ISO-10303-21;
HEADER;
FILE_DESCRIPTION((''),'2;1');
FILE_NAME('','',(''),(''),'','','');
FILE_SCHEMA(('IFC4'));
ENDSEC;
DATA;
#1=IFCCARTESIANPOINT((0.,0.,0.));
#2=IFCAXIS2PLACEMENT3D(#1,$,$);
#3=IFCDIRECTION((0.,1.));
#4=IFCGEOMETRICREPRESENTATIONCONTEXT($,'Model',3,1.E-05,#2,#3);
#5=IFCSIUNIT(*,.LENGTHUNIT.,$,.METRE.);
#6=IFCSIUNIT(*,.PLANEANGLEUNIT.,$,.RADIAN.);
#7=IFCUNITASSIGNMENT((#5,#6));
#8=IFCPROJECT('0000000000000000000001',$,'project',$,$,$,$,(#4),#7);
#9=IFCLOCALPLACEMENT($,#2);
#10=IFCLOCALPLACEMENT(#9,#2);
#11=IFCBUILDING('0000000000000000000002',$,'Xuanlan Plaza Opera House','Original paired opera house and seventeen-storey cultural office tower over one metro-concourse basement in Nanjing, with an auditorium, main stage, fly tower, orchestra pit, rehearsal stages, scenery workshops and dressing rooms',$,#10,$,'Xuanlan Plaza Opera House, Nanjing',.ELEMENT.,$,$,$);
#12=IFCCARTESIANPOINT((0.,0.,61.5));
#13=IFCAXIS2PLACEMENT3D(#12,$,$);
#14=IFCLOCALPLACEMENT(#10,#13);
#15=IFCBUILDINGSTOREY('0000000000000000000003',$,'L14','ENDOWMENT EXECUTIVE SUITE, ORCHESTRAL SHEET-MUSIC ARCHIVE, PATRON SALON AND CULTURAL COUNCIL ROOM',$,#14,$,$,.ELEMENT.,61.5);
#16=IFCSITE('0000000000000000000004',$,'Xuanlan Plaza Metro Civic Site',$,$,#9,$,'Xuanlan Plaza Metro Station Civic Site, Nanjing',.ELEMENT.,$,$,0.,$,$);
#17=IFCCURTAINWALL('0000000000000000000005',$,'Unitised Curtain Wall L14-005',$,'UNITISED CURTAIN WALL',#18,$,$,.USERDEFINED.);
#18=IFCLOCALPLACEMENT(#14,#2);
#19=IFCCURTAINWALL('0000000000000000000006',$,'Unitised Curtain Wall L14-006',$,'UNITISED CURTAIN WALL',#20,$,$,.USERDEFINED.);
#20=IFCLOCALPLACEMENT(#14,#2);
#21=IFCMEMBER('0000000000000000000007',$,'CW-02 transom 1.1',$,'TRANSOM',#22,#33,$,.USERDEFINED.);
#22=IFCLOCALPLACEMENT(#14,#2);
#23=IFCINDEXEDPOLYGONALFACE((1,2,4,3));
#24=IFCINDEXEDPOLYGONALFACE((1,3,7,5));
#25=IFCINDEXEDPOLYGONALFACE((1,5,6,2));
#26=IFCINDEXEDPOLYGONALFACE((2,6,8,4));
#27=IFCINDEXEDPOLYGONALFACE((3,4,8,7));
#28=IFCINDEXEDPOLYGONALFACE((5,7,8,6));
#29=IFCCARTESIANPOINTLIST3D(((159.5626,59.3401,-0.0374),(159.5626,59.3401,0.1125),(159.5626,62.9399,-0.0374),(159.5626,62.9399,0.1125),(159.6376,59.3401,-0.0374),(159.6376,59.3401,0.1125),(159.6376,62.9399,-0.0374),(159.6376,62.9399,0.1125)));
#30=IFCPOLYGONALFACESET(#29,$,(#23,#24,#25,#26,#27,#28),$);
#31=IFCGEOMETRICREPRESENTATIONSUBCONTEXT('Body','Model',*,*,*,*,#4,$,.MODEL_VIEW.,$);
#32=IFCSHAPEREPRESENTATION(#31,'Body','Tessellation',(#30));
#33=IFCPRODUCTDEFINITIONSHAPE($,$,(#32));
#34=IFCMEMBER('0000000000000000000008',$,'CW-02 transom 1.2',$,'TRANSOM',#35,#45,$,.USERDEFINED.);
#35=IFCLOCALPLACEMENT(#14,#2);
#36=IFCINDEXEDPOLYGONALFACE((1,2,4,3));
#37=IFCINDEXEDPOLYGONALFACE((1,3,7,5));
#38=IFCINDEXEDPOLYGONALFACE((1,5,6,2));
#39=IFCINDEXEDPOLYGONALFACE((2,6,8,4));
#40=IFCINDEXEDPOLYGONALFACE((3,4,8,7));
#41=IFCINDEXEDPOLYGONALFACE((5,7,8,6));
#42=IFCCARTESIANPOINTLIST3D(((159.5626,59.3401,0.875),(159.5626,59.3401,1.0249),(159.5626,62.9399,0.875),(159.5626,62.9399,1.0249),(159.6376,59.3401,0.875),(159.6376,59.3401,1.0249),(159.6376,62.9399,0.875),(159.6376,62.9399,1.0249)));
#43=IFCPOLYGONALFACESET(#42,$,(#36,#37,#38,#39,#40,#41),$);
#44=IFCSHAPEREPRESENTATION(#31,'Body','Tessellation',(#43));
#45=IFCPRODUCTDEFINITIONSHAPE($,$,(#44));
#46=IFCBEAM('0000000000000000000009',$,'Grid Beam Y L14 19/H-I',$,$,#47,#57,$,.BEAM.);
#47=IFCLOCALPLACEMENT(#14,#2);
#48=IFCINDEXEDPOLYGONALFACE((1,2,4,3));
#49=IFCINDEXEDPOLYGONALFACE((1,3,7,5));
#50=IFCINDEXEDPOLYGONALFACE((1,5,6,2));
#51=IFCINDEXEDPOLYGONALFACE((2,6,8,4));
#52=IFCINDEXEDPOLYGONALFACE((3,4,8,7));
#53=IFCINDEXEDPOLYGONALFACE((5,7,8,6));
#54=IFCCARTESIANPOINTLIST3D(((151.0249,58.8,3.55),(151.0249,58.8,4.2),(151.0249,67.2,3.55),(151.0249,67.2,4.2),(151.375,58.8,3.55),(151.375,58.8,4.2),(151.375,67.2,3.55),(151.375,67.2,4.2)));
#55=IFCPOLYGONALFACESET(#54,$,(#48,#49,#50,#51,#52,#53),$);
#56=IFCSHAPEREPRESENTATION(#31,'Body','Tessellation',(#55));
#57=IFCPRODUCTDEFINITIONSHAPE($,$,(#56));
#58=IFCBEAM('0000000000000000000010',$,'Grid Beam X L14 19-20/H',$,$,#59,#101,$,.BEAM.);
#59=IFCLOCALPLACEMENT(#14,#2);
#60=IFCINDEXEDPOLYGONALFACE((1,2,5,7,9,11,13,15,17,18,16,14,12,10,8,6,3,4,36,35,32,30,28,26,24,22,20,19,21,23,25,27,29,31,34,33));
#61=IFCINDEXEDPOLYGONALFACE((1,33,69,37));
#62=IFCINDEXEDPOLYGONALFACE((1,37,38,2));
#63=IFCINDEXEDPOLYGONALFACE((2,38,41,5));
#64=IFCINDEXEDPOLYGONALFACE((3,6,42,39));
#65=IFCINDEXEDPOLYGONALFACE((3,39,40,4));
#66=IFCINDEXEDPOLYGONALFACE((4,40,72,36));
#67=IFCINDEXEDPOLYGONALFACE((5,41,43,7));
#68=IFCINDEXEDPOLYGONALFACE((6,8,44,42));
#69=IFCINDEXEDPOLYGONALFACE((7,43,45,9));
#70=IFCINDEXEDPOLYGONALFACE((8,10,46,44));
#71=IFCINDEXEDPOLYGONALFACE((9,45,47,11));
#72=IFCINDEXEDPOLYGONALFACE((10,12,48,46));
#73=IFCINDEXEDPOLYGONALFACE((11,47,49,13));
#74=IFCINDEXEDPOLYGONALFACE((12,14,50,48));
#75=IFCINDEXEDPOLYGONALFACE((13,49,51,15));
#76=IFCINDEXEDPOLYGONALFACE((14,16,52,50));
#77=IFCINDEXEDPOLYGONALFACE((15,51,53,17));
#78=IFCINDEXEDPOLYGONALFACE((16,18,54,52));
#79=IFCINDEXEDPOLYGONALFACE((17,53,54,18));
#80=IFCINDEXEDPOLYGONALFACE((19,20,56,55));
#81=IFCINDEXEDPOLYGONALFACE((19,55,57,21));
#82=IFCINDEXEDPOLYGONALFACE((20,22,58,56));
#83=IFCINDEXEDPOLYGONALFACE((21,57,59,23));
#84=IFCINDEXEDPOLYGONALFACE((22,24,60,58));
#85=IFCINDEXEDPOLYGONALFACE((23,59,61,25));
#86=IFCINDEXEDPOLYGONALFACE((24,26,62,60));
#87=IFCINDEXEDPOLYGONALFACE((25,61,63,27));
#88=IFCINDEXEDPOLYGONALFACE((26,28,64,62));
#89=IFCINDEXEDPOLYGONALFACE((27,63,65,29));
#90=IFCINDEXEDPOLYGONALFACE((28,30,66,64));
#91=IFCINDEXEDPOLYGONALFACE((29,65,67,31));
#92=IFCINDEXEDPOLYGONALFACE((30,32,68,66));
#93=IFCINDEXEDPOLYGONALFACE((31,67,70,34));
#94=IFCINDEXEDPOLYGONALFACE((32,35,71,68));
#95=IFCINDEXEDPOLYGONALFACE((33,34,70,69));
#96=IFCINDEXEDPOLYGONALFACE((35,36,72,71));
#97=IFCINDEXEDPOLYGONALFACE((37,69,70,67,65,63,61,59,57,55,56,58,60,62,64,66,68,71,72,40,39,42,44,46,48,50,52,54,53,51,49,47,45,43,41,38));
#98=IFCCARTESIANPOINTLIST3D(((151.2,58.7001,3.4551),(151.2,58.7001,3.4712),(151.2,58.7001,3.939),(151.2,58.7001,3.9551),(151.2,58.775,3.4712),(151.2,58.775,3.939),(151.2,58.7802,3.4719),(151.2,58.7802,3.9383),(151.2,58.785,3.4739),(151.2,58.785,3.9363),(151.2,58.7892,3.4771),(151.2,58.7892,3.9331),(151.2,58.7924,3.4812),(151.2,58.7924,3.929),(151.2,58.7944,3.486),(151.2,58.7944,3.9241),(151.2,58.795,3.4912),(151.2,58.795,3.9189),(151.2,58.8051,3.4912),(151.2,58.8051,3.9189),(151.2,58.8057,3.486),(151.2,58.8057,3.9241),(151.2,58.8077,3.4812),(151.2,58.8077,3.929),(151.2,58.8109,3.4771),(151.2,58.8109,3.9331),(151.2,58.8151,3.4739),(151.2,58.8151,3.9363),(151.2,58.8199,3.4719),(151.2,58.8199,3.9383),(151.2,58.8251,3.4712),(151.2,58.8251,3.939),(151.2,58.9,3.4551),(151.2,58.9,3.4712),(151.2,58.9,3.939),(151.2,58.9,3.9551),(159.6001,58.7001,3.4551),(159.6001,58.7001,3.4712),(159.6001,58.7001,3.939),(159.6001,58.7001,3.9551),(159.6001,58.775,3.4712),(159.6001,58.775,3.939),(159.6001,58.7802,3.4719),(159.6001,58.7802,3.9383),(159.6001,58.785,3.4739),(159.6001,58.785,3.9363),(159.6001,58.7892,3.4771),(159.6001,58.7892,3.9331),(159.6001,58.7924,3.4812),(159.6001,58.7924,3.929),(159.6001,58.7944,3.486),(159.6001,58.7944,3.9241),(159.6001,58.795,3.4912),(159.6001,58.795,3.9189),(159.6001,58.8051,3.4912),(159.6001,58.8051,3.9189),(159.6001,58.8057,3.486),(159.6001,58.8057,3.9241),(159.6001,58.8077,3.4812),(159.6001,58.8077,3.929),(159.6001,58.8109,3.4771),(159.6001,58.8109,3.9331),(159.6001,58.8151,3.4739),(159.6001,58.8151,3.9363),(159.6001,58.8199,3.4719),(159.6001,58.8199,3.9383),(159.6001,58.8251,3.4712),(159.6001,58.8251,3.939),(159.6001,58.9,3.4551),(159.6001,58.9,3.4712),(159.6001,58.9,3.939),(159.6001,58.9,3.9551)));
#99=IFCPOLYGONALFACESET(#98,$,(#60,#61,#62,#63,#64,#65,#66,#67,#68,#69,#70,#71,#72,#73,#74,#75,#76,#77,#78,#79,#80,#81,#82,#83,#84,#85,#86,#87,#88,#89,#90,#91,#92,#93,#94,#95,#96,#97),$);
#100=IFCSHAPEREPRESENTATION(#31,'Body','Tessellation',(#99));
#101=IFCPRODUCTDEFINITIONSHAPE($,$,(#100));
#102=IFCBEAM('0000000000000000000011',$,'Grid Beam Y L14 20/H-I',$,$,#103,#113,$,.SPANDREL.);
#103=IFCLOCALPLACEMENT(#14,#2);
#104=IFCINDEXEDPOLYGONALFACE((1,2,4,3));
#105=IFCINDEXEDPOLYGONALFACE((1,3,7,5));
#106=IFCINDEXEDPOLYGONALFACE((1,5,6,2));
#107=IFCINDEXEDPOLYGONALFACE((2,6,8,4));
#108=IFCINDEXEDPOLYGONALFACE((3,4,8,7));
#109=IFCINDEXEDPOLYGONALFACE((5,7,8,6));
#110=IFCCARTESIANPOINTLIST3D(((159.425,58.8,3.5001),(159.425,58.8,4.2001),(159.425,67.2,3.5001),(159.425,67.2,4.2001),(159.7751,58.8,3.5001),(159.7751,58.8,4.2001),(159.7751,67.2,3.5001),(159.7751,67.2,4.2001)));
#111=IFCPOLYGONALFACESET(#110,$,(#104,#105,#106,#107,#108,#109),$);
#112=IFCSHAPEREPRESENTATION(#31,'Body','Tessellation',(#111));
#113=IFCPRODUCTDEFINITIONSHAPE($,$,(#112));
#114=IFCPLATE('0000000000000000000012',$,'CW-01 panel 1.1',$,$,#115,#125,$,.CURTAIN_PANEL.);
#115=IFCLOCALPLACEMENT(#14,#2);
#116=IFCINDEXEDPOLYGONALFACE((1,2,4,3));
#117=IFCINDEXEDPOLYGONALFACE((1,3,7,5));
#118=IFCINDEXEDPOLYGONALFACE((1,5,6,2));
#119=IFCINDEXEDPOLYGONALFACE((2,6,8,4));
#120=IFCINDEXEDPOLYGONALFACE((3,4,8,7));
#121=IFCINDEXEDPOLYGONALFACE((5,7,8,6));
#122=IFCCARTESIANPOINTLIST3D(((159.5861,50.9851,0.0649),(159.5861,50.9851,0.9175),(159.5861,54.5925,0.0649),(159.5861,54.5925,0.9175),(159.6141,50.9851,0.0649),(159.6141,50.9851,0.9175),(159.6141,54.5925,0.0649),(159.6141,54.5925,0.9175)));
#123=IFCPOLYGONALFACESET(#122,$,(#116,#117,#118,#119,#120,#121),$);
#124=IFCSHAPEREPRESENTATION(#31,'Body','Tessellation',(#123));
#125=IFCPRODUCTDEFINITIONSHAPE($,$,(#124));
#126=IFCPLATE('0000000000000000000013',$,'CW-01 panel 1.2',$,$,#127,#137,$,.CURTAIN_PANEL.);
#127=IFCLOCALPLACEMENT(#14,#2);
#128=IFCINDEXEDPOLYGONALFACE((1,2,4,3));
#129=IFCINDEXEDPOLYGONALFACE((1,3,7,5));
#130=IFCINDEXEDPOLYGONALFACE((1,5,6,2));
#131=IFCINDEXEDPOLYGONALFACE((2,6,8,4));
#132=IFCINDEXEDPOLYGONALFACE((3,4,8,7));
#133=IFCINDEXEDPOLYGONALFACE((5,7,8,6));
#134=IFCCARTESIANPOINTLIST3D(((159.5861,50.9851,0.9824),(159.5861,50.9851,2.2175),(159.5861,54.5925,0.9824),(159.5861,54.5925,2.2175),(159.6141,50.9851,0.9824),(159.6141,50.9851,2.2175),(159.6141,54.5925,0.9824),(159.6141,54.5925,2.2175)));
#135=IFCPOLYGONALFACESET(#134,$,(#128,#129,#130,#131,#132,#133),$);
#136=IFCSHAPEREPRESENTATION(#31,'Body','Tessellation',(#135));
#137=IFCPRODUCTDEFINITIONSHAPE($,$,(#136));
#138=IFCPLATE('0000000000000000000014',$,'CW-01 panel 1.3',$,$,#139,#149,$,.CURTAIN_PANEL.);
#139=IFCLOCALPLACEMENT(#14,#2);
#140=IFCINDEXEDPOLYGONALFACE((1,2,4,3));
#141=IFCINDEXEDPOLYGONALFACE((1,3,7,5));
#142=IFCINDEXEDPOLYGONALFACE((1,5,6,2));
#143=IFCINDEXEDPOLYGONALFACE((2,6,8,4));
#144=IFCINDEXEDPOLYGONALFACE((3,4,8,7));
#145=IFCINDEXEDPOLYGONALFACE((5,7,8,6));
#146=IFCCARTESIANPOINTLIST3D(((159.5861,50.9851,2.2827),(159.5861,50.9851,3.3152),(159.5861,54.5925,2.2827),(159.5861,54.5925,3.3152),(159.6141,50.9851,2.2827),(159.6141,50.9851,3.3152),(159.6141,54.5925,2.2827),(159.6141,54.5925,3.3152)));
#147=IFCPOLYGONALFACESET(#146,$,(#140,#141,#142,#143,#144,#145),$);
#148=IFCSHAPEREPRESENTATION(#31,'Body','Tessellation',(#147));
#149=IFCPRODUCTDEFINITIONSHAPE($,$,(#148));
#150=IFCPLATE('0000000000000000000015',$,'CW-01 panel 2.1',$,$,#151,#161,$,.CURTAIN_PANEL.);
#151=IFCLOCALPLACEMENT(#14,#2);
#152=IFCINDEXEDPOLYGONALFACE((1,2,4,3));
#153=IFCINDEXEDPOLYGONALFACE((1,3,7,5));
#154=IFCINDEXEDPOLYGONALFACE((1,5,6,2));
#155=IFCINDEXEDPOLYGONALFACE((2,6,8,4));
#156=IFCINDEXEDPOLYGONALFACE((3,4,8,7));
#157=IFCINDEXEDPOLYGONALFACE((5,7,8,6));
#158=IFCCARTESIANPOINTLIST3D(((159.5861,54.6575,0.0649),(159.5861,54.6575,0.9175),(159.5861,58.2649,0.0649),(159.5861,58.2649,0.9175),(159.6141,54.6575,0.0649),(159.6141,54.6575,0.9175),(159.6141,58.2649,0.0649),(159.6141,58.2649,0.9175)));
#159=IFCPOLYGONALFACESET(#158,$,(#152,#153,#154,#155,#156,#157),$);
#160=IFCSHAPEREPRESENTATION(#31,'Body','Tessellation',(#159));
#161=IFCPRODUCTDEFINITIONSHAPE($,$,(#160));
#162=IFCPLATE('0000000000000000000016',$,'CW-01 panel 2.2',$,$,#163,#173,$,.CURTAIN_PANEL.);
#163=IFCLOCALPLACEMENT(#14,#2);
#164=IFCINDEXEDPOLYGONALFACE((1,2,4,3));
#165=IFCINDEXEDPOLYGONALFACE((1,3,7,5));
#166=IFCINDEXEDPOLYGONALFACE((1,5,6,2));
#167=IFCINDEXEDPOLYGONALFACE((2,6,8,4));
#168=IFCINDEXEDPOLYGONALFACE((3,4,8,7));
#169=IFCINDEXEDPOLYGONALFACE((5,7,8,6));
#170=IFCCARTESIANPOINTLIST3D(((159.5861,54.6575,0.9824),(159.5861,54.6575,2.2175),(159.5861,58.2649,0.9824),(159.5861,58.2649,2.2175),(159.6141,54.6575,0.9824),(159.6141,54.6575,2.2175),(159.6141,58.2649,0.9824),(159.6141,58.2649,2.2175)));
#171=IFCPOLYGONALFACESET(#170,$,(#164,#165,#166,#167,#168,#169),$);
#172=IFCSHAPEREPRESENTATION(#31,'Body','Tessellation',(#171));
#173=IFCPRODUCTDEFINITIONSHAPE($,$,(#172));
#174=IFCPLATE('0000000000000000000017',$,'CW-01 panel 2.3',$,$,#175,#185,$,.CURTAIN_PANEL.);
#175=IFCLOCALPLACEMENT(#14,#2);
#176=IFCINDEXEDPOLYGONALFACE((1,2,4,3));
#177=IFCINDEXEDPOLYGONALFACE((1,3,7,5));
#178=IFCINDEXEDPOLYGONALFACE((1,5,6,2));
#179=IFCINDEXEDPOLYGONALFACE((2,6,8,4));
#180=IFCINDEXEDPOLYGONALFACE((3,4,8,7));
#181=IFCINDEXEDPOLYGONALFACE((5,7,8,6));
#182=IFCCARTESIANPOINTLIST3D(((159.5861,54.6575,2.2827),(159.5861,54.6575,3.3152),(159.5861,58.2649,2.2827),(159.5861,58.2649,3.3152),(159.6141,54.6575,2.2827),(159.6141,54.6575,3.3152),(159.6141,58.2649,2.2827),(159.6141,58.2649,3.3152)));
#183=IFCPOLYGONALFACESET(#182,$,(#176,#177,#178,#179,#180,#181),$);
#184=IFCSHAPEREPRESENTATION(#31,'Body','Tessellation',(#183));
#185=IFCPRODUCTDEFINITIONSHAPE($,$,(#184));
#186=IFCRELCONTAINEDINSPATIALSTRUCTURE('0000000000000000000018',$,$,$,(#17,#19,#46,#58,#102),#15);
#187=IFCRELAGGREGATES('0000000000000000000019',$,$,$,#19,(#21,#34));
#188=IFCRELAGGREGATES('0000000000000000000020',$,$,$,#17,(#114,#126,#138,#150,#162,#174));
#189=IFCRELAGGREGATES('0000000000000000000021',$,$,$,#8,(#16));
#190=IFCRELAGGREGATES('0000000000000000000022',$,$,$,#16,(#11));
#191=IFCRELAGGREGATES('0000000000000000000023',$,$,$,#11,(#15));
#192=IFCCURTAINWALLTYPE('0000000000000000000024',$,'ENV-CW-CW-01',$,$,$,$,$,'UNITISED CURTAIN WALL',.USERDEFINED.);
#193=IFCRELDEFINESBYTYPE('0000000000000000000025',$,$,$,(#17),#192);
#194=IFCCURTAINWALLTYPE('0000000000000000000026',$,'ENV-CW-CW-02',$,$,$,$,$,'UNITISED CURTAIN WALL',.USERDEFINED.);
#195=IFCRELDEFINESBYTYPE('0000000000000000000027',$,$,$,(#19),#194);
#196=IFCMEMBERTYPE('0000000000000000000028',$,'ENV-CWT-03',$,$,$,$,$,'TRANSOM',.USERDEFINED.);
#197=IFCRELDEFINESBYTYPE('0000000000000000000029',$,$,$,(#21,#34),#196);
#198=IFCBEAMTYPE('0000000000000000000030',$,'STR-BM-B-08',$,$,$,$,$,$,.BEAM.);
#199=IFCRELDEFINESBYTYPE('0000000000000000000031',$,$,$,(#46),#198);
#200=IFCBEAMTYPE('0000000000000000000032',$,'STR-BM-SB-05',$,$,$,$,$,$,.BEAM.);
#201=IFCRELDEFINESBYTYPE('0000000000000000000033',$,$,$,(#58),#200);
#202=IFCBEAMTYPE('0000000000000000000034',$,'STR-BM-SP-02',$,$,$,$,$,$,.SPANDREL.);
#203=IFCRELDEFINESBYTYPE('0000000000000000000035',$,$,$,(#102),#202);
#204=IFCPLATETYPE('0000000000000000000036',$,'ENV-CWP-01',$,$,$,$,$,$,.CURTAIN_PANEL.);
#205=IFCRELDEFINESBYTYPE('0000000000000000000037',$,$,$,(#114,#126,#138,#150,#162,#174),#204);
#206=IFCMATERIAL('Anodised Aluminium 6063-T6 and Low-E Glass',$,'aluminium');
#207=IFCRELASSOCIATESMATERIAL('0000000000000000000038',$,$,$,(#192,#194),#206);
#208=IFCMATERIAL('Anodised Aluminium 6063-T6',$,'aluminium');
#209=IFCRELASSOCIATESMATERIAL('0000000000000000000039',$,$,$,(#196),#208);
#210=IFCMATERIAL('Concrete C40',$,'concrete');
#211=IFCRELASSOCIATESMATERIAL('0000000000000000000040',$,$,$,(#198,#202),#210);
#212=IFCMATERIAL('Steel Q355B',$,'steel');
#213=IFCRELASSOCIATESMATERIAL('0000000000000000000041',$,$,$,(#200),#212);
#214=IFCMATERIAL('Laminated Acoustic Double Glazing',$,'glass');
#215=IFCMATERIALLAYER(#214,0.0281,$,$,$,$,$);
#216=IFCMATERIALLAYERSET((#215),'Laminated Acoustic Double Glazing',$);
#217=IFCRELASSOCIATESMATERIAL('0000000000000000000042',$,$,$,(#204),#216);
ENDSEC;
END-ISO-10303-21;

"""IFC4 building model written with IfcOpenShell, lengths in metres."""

from ifc_helpers import new_model, si_unit, direction, frame, origin, origin_2d, place, context, subcontext, project, spatial, rectangle, i_section, extrude, material, layer, layer_set, material_profile, profile_set, type_object, element, aggregate, save


model = new_model("IFC4")

# Units and contexts
model_context = context("Model", 3, precision=1e-05, world=origin(), true_north=direction((0.0, 1.0)))
body_context = subcontext(model_context, "Body", "Model", "MODEL_VIEW")
ifc_project = project(units=[si_unit("LENGTHUNIT", "METRE"), si_unit("PLANEANGLEUNIT", "RADIAN")], contexts=[model_context])

# Site, building, storey
site_placement = place(None, origin())
site = spatial("IfcSite", under=ifc_project, at=site_placement, Name="Xuanlan Plaza Metro Civic Site", LongName="Xuanlan Plaza Metro Station Civic Site, Nanjing", CompositionType="ELEMENT", RefElevation=0.0)
building_placement = place(site_placement, origin())
building = spatial("IfcBuilding", under=site, at=building_placement, Name="Xuanlan Plaza Opera House", Description="Original paired opera house and seventeen-storey cultural office tower over one metro-concourse basement in Nanjing, with an auditorium, main stage, fly tower, orchestra pit, rehearsal stages, scenery workshops and dressing rooms", LongName="Xuanlan Plaza Opera House, Nanjing", CompositionType="ELEMENT")
storey_placement = place(building_placement, frame((0.0, 0.0, 61.5)))
storey = spatial("IfcBuildingStorey", under=building, at=storey_placement, Name="L14", Description="ENDOWMENT EXECUTIVE SUITE, ORCHESTRAL SHEET-MUSIC ARCHIVE, PATRON SALON AND CULTURAL COUNCIL ROOM", CompositionType="ELEMENT", Elevation=61.5)

# Curtain wall
ifc_material_1 = material(Name="Anodised Aluminium 6063-T6 and Low-E Glass", Category="aluminium")
curtain_wall_type_1 = type_object("IfcCurtainWallType", Name="ENV-CW-CW-01", ElementType="UNITISED CURTAIN WALL", PredefinedType="USERDEFINED", material=ifc_material_1)
curtain_wall_1_placement = place(storey_placement, origin())
curtain_wall_1 = element("IfcCurtainWall", 1, at=curtain_wall_1_placement, inside=storey, type_object=curtain_wall_type_1, Name="Unitised Curtain Wall L14-005", ObjectType="UNITISED CURTAIN WALL", PredefinedType="USERDEFINED")
ifc_material_2 = material(Name="Anodised Aluminium 6063-T6", Category="aluminium")

# Curtain wall
curtain_wall_type_2 = type_object("IfcCurtainWallType", Name="ENV-CW-CW-02", ElementType="UNITISED CURTAIN WALL", PredefinedType="USERDEFINED", material=ifc_material_1)
curtain_wall_2_placement = place(storey_placement, origin())
curtain_wall_2 = element("IfcCurtainWall", 2, at=curtain_wall_2_placement, inside=storey, type_object=curtain_wall_type_2, Name="Unitised Curtain Wall L14-006", ObjectType="UNITISED CURTAIN WALL", PredefinedType="USERDEFINED")

# Members
ifc_material_profile_1 = material_profile(ifc_material_2, rectangle(XDim=0.075, YDim=0.1499, at=origin_2d()), Name="ALU-T 75x150")
ifc_profile_set_1 = profile_set([ifc_material_profile_1], Name="Anodised Aluminium 6063-T6")
member_type_1 = type_object("IfcMemberType", Name="ENV-CWT-03", ElementType="TRANSOM", PredefinedType="USERDEFINED", material=ifc_profile_set_1)
member_1_placement = place(storey_placement, frame((159.6001, 59.3401, 0.0376), z_axis=(0.0, 1.0, 0.0), x_axis=(-1.0, 0.0, 0.0)))
member_1 = element("IfcMember", 3, at=member_1_placement, type_object=member_type_1, Name="CW-02 transom 1.1", ObjectType="TRANSOM", PredefinedType="USERDEFINED", context=body_context, shape_type="SweptSolid", body=[
    extrude(rectangle(XDim=0.075, YDim=0.1499, at=origin_2d()), origin(), (0.0, 0.0, 1.0), 3.5999),
])
member_2_placement = place(storey_placement, frame((159.6001, 59.3401, 0.95), z_axis=(0.0, 1.0, 0.0), x_axis=(-1.0, 0.0, 0.0)))
member_2 = element("IfcMember", 4, at=member_2_placement, type_object=member_type_1, Name="CW-02 transom 1.2", ObjectType="TRANSOM", PredefinedType="USERDEFINED", context=body_context, shape_type="SweptSolid", body=[
    extrude(rectangle(XDim=0.075, YDim=0.1499, at=origin_2d()), origin(), (0.0, 0.0, 1.0), 3.5999),
])
aggregate(curtain_wall_2, [member_1, member_2])

# Beams
ifc_material_3 = material(Name="Concrete C40", Category="concrete")
ifc_material_profile_2 = material_profile(ifc_material_3, rectangle(XDim=0.3501, YDim=0.6499, at=origin_2d()), Name="RC-BM 350x650")
ifc_profile_set_2 = profile_set([ifc_material_profile_2], Name="Concrete C40")
beam_type_1 = type_object("IfcBeamType", Name="STR-BM-B-08", PredefinedType="BEAM", material=ifc_profile_set_2)
beam_1_placement = place(storey_placement, frame((151.2, 58.8, 3.875), z_axis=(0.0, 1.0, 0.0), x_axis=(-1.0, 0.0, 0.0)))
element("IfcBeam", 5, at=beam_1_placement, inside=storey, type_object=beam_type_1, Name="Grid Beam Y L14 19/H-I", PredefinedType="BEAM", context=body_context, shape_type="SweptSolid", body=[
    extrude(rectangle(XDim=0.3501, YDim=0.6499, at=origin_2d()), origin(), (0.0, 0.0, 1.0), 8.3999),
])
ifc_material_4 = material(Name="Steel Q355B", Category="steel")
ifc_material_profile_3 = material_profile(ifc_material_4, i_section(OverallWidth=0.2, OverallDepth=0.5, WebThickness=0.01, FlangeThickness=0.0161, FilletRadius=0.02, at=origin_2d()), Name="HN 500x200x10x16")
ifc_profile_set_3 = profile_set([ifc_material_profile_3], Name="Steel Q355B")
beam_type_2 = type_object("IfcBeamType", Name="STR-BM-SB-05", PredefinedType="BEAM", material=ifc_profile_set_3)
beam_2_placement = place(storey_placement, frame((151.2, 58.8, 3.7051), z_axis=(1.0, 0.0, 0.0), x_axis=(0.0, 1.0, 0.0)))
element("IfcBeam", 6, at=beam_2_placement, inside=storey, type_object=beam_type_2, Name="Grid Beam X L14 19-20/H", PredefinedType="BEAM", context=body_context, shape_type="SweptSolid", body=[
    extrude(i_section(OverallWidth=0.2, OverallDepth=0.5, WebThickness=0.01, FlangeThickness=0.0161, FilletRadius=0.02, at=origin_2d()), origin(), (0.0, 0.0, 1.0), 8.4001),
])
ifc_material_profile_4 = material_profile(ifc_material_3, rectangle(XDim=0.3501, YDim=0.7, at=origin_2d()), Name="RC-SPD 350x700")
ifc_profile_set_4 = profile_set([ifc_material_profile_4], Name="Concrete C40")
beam_type_3 = type_object("IfcBeamType", Name="STR-BM-SP-02", PredefinedType="SPANDREL", material=ifc_profile_set_4)
beam_3_placement = place(storey_placement, frame((159.6001, 58.8, 3.8501), z_axis=(0.0, 1.0, 0.0), x_axis=(-1.0, 0.0, 0.0)))
element("IfcBeam", 7, at=beam_3_placement, inside=storey, type_object=beam_type_3, Name="Grid Beam Y L14 20/H-I", PredefinedType="SPANDREL", context=body_context, shape_type="SweptSolid", body=[
    extrude(rectangle(XDim=0.3501, YDim=0.7, at=origin_2d()), origin(), (0.0, 0.0, 1.0), 8.3999),
])

# Plates
ifc_material_5 = material(Name="Laminated Acoustic Double Glazing", Category="glass")
ifc_layer_1 = layer(ifc_material_5, 0.0281)
ifc_layer_set_1 = layer_set([ifc_layer_1], Name="Laminated Acoustic Double Glazing")
plate_type = type_object("IfcPlateType", Name="ENV-CWP-01", PredefinedType="CURTAIN_PANEL", material=ifc_layer_set_1)
plate_1_placement = place(storey_placement, frame((159.6001, 52.7888, 0.0649), z_axis=(0.0, 0.0, 1.0), x_axis=(0.0, 1.0, 0.0)))
plate_1 = element("IfcPlate", 8, at=plate_1_placement, type_object=plate_type, Name="CW-01 panel 1.1", PredefinedType="CURTAIN_PANEL", context=body_context, shape_type="SweptSolid", body=[
    extrude(rectangle(XDim=3.6074, YDim=0.0281, at=origin_2d()), origin(), (0.0, 0.0, 1.0), 0.8525),
])
plate_2_placement = place(storey_placement, frame((159.6001, 52.7888, 0.9824), z_axis=(0.0, 0.0, 1.0), x_axis=(0.0, 1.0, 0.0)))
plate_2 = element("IfcPlate", 9, at=plate_2_placement, type_object=plate_type, Name="CW-01 panel 1.2", PredefinedType="CURTAIN_PANEL", context=body_context, shape_type="SweptSolid", body=[
    extrude(rectangle(XDim=3.6074, YDim=0.0281, at=origin_2d()), origin(), (0.0, 0.0, 1.0), 1.2351),
])
plate_3_placement = place(storey_placement, frame((159.6001, 52.7888, 2.2827), z_axis=(0.0, 0.0, 1.0), x_axis=(0.0, 1.0, 0.0)))
plate_3 = element("IfcPlate", 10, at=plate_3_placement, type_object=plate_type, Name="CW-01 panel 1.3", PredefinedType="CURTAIN_PANEL", context=body_context, shape_type="SweptSolid", body=[
    extrude(rectangle(XDim=3.6074, YDim=0.0281, at=origin_2d()), origin(), (0.0, 0.0, 1.0), 1.0325),
])
plate_4_placement = place(storey_placement, frame((159.6001, 56.4612, 0.0649), z_axis=(0.0, 0.0, 1.0), x_axis=(0.0, 1.0, 0.0)))
plate_4 = element("IfcPlate", 11, at=plate_4_placement, type_object=plate_type, Name="CW-01 panel 2.1", PredefinedType="CURTAIN_PANEL", context=body_context, shape_type="SweptSolid", body=[
    extrude(rectangle(XDim=3.6074, YDim=0.0281, at=origin_2d()), origin(), (0.0, 0.0, 1.0), 0.8525),
])
plate_5_placement = place(storey_placement, frame((159.6001, 56.4612, 0.9824), z_axis=(0.0, 0.0, 1.0), x_axis=(0.0, 1.0, 0.0)))
plate_5 = element("IfcPlate", 12, at=plate_5_placement, type_object=plate_type, Name="CW-01 panel 2.2", PredefinedType="CURTAIN_PANEL", context=body_context, shape_type="SweptSolid", body=[
    extrude(rectangle(XDim=3.6074, YDim=0.0281, at=origin_2d()), origin(), (0.0, 0.0, 1.0), 1.2351),
])
plate_6_placement = place(storey_placement, frame((159.6001, 56.4612, 2.2827), z_axis=(0.0, 0.0, 1.0), x_axis=(0.0, 1.0, 0.0)))
plate_6 = element("IfcPlate", 13, at=plate_6_placement, type_object=plate_type, Name="CW-01 panel 2.3", PredefinedType="CURTAIN_PANEL", context=body_context, shape_type="SweptSolid", body=[
    extrude(rectangle(XDim=3.6074, YDim=0.0281, at=origin_2d()), origin(), (0.0, 0.0, 1.0), 1.0325),
])
aggregate(curtain_wall_1, [plate_1, plate_2, plate_3, plate_4, plate_5, plate_6])

save(model, "model.ifc")
